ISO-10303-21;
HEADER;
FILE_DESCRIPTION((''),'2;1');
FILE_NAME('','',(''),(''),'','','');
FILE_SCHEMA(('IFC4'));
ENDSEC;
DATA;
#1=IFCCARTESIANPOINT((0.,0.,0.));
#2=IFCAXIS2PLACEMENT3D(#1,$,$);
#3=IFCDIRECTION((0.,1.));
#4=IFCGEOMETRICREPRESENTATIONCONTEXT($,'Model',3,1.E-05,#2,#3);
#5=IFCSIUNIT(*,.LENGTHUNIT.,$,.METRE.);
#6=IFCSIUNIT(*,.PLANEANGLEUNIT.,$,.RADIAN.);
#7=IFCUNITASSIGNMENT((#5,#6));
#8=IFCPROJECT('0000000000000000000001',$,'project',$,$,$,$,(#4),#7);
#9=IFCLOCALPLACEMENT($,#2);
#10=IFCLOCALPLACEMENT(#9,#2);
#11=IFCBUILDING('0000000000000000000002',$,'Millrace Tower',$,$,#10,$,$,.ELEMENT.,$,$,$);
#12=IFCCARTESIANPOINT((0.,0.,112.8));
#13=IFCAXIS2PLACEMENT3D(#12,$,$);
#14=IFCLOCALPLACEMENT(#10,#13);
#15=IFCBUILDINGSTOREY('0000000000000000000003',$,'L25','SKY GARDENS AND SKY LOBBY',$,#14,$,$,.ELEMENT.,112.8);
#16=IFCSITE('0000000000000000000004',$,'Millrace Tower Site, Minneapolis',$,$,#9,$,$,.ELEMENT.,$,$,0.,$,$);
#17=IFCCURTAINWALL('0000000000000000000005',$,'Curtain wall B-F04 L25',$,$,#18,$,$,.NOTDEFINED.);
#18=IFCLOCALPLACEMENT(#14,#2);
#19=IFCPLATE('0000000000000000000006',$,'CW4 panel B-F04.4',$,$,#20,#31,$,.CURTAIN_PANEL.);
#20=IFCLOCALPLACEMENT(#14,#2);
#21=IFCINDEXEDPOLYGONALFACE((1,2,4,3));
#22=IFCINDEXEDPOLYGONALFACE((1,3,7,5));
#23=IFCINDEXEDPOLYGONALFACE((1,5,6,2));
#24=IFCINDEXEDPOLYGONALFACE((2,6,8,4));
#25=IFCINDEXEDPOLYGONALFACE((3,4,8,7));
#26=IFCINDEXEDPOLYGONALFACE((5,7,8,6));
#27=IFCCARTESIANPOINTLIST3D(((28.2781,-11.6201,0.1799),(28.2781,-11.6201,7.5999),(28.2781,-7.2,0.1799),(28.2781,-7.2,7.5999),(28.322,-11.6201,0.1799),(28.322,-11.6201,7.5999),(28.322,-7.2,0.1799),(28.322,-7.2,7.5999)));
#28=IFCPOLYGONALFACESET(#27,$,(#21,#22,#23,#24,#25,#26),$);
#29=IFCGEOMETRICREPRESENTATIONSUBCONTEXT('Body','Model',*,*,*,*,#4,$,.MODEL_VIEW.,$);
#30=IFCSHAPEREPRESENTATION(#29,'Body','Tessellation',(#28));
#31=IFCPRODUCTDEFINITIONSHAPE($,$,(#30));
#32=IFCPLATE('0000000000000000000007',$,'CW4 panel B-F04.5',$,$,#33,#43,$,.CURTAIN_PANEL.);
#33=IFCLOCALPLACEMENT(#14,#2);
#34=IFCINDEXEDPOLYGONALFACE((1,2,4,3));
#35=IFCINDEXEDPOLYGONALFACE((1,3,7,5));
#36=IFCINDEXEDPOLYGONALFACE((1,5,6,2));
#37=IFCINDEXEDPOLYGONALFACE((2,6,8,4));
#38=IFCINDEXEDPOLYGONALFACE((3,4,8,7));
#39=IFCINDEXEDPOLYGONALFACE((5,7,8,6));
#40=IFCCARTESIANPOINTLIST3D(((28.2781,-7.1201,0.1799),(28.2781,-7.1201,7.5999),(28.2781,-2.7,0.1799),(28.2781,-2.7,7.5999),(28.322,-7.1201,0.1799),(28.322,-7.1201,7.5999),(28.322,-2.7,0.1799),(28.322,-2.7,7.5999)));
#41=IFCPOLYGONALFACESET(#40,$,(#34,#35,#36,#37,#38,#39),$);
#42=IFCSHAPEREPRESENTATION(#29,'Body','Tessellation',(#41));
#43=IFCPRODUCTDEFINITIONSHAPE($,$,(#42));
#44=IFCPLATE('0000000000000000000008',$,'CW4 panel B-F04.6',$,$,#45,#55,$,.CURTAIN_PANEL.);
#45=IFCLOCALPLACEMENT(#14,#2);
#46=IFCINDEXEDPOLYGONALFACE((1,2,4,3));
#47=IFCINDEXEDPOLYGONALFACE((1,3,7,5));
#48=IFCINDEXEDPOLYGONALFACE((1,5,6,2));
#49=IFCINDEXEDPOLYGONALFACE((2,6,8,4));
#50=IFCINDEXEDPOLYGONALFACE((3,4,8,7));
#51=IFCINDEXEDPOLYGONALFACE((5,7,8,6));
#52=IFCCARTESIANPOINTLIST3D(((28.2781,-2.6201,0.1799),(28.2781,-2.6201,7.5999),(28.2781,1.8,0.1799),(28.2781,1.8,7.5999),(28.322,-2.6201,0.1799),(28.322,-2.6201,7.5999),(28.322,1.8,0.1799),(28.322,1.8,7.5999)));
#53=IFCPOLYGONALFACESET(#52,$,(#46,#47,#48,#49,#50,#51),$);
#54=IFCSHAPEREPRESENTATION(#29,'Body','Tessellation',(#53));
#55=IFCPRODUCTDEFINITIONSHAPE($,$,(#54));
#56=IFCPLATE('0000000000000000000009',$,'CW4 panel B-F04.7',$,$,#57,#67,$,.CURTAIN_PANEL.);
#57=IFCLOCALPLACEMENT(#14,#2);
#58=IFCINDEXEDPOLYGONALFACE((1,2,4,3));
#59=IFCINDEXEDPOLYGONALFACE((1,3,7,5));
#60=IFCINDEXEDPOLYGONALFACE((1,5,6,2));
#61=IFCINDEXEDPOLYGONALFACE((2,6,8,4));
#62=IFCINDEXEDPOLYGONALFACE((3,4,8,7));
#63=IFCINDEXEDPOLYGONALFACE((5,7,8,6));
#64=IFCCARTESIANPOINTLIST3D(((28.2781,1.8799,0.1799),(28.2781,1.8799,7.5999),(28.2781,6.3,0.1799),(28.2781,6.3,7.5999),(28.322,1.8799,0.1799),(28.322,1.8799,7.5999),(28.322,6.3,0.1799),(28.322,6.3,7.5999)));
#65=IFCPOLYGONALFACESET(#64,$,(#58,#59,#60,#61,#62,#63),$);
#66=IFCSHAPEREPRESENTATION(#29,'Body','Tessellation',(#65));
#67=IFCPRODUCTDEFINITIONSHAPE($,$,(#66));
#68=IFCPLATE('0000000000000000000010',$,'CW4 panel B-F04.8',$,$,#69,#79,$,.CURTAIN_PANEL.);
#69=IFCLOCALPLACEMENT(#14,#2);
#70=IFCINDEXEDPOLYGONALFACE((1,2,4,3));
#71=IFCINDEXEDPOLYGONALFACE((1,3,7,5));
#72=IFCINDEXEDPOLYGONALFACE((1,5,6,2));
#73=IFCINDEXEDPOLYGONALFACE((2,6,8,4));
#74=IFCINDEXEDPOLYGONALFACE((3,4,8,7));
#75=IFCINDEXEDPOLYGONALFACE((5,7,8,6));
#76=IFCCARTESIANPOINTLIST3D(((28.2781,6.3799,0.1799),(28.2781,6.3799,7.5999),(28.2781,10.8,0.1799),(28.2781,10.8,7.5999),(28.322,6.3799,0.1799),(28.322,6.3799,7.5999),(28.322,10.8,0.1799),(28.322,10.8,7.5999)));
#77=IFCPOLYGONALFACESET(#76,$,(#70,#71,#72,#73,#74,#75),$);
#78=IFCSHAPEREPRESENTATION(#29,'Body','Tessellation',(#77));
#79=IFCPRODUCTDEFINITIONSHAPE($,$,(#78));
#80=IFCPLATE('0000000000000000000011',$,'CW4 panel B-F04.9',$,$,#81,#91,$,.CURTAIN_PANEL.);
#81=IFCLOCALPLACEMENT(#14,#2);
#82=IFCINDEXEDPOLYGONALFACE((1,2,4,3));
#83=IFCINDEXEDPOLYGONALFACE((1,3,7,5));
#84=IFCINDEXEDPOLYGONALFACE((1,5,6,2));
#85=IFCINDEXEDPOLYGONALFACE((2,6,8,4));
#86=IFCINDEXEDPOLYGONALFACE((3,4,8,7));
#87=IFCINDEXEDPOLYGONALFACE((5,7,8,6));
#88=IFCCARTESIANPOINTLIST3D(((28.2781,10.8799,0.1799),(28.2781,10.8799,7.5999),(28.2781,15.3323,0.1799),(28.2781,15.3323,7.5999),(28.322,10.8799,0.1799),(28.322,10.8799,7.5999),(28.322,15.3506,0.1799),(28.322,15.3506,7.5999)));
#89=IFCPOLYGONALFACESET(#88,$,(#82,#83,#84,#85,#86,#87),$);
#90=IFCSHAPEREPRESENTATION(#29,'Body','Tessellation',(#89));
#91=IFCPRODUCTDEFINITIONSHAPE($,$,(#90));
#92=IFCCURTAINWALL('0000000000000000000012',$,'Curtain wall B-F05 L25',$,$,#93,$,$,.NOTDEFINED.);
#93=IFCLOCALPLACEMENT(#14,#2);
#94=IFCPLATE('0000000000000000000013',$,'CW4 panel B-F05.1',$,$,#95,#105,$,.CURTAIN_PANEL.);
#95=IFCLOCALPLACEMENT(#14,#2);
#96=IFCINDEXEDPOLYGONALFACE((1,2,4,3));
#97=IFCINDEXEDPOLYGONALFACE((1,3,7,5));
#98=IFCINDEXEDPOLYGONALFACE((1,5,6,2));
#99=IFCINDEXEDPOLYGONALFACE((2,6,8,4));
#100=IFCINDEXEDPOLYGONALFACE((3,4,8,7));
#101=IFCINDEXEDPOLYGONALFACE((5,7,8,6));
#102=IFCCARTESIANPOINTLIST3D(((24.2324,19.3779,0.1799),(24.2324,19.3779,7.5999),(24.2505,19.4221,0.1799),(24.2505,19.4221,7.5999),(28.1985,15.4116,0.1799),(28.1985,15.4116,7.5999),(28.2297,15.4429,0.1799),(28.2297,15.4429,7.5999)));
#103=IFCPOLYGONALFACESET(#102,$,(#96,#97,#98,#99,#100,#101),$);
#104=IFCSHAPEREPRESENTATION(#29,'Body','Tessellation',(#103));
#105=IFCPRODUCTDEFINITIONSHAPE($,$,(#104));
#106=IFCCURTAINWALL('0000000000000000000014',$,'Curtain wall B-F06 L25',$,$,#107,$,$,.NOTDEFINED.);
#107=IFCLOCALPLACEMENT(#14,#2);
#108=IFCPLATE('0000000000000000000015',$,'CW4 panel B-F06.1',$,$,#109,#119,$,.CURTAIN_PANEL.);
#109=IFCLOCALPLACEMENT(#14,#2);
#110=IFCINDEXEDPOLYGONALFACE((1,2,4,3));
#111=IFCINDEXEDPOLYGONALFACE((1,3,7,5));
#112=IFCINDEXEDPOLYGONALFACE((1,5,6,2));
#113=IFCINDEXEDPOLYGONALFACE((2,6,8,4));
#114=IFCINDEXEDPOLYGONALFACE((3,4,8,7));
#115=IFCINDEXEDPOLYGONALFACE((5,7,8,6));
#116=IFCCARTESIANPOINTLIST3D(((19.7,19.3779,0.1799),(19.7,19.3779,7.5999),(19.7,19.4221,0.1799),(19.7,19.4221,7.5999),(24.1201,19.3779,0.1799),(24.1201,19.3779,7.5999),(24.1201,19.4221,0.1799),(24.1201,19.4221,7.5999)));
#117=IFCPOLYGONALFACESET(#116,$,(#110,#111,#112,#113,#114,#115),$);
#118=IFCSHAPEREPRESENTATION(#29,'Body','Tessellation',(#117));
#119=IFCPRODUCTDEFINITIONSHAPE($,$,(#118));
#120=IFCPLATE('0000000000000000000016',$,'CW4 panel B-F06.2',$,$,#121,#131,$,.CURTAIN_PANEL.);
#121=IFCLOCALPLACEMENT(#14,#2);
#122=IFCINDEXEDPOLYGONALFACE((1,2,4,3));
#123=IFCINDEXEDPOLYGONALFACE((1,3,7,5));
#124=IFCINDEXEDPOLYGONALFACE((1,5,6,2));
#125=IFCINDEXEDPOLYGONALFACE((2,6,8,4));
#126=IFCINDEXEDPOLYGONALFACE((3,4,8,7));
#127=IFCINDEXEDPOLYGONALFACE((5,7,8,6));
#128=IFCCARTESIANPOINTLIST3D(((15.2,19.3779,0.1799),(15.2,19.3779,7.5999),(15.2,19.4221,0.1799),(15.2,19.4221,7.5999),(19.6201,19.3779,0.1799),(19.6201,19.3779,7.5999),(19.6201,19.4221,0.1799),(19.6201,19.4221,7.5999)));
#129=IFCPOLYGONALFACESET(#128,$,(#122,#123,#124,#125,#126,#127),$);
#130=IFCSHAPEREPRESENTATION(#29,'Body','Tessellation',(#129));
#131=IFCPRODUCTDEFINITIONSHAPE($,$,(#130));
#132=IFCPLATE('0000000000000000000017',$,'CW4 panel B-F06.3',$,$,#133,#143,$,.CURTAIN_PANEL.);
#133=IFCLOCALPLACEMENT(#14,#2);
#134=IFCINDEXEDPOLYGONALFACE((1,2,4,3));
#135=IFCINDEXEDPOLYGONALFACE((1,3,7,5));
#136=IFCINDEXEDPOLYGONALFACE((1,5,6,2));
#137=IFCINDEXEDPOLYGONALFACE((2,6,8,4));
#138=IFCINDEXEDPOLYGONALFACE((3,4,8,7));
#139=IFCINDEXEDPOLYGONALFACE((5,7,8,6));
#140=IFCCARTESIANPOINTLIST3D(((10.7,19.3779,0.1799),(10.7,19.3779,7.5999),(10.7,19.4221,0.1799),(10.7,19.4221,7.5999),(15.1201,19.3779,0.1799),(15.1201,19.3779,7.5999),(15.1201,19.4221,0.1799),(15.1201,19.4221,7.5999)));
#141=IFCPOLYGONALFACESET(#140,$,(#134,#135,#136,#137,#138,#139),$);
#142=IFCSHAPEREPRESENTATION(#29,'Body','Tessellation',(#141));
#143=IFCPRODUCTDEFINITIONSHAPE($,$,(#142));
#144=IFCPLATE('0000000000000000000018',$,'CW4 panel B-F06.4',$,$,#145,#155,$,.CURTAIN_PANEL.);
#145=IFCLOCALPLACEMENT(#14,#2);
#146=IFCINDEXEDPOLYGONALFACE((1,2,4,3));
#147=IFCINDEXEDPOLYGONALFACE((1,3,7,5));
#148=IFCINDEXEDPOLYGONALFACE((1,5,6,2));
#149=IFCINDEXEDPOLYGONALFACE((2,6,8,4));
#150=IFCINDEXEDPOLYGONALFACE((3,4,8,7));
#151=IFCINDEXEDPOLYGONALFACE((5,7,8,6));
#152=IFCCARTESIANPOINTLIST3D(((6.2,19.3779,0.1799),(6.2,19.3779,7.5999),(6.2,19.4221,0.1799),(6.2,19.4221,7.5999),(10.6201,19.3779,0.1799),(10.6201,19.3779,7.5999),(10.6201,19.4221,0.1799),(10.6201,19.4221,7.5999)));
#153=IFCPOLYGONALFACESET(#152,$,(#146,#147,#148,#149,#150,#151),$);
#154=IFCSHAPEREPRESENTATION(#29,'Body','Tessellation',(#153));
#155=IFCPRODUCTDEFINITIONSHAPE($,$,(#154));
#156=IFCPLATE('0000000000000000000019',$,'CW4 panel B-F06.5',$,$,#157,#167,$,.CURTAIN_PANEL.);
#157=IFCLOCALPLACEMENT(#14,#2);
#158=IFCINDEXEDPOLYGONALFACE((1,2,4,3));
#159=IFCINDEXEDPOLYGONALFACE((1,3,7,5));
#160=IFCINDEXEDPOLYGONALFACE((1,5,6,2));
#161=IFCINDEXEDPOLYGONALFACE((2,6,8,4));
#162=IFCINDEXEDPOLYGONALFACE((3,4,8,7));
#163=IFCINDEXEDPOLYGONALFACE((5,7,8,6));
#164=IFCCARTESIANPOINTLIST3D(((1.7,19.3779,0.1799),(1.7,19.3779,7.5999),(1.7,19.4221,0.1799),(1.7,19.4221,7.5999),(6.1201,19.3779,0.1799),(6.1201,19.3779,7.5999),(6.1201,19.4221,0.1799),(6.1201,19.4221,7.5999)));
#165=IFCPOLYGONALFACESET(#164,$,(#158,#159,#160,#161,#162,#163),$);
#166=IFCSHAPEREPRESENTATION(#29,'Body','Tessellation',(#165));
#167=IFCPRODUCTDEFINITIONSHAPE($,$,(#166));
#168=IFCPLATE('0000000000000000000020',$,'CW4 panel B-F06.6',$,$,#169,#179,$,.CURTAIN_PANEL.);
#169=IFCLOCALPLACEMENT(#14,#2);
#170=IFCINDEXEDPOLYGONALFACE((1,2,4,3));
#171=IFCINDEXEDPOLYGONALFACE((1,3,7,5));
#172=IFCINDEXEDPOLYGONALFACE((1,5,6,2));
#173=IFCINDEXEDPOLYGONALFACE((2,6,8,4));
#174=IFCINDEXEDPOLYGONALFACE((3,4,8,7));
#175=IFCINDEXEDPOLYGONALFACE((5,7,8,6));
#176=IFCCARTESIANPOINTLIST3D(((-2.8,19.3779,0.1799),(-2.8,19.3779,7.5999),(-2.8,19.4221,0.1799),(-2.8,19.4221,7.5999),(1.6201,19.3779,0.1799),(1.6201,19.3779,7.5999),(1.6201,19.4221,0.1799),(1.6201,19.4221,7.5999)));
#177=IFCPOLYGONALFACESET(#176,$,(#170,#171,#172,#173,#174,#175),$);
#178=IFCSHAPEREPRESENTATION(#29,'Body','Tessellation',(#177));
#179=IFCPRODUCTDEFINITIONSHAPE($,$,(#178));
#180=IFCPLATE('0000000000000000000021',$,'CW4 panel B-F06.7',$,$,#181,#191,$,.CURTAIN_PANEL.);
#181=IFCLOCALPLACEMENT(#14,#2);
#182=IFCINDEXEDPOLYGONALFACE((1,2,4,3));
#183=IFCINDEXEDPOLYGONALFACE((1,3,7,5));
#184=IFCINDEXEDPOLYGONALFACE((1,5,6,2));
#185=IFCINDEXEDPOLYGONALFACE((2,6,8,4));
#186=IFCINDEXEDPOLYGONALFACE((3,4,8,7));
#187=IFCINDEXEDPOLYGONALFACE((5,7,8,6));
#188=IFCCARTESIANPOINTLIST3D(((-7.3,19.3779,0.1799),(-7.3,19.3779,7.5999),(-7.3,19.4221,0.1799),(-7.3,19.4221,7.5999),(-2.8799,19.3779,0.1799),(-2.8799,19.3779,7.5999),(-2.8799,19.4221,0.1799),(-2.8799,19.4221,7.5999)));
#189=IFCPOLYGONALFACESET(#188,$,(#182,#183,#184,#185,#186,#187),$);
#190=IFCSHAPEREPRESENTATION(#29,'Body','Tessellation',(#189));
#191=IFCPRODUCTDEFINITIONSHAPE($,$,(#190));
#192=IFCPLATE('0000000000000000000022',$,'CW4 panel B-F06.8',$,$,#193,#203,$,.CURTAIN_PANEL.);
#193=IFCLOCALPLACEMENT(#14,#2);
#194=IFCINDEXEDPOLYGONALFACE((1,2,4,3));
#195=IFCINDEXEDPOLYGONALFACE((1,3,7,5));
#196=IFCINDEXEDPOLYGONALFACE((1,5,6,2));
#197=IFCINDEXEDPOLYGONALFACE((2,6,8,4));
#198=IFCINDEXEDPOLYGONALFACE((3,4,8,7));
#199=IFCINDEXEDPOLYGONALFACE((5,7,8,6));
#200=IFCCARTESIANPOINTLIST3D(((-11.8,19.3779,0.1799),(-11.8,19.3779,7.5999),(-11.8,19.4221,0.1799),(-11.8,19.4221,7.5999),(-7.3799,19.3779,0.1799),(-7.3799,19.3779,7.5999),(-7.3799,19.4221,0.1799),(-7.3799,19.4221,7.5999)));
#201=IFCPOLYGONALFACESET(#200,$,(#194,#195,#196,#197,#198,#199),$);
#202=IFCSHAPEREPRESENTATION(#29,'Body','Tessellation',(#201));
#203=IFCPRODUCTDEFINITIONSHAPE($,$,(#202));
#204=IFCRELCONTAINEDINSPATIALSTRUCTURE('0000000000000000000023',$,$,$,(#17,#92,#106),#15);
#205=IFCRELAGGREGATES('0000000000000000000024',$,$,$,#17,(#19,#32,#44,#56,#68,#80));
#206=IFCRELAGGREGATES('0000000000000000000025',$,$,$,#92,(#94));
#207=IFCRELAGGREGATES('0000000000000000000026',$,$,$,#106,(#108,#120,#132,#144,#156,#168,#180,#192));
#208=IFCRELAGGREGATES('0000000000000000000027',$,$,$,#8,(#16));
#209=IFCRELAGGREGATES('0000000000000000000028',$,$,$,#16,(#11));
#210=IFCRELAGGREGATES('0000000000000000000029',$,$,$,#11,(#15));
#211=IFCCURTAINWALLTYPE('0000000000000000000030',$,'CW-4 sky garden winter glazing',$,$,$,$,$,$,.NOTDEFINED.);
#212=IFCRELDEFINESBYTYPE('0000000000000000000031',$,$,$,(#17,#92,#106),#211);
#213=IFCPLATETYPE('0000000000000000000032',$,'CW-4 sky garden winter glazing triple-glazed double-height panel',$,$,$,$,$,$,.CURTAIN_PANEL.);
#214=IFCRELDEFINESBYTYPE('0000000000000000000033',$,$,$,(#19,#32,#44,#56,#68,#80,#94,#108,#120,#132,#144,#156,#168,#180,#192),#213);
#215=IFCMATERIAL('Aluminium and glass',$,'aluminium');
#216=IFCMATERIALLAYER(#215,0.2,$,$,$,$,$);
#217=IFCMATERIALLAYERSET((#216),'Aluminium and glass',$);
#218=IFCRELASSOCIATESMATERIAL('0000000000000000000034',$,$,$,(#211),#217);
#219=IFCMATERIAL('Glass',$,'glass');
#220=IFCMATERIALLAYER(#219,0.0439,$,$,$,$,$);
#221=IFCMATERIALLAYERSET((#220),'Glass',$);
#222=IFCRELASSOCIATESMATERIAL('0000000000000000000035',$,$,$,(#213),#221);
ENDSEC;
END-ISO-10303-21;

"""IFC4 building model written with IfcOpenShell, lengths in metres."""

from ifc_helpers import new_model, si_unit, direction, frame, origin, place, context, subcontext, project, spatial, polyline, outline, extrude, material, layer, layer_set, type_object, element, aggregate, save


model = new_model("IFC4")

# Units and contexts
model_context = context("Model", 3, precision=1e-05, world=origin(), true_north=direction((0.0, 1.0)))
body_context = subcontext(model_context, "Body", "Model", "MODEL_VIEW")
ifc_project = project(units=[si_unit("LENGTHUNIT", "METRE"), si_unit("PLANEANGLEUNIT", "RADIAN")], contexts=[model_context])

# Site, building, storey
site_placement = place(None, origin())
site = spatial("IfcSite", under=ifc_project, at=site_placement, Name="Millrace Tower Site, Minneapolis", CompositionType="ELEMENT", RefElevation=0.0)
building_placement = place(site_placement, origin())
building = spatial("IfcBuilding", under=site, at=building_placement, Name="Millrace Tower", CompositionType="ELEMENT")
storey_placement = place(building_placement, frame((0.0, 0.0, 112.8)))
storey = spatial("IfcBuildingStorey", under=building, at=storey_placement, Name="L25", Description="SKY GARDENS AND SKY LOBBY", CompositionType="ELEMENT", Elevation=112.8)

# Curtain wall, plates
ifc_material_1 = material(Name="Aluminium and glass", Category="aluminium")
ifc_layer_1 = layer(ifc_material_1, 0.2)
ifc_layer_set_1 = layer_set([ifc_layer_1], Name="Aluminium and glass")
curtain_wall_type = type_object("IfcCurtainWallType", Name="CW-4 sky garden winter glazing", PredefinedType="NOTDEFINED", material=ifc_layer_set_1)
placement_1 = place(storey_placement, origin())
curtain_wall_1 = element("IfcCurtainWall", 1, at=placement_1, inside=storey, type_object=curtain_wall_type, Name="Curtain wall B-F04 L25", PredefinedType="NOTDEFINED")
ifc_material_2 = material(Name="Glass", Category="glass")
ifc_layer_2 = layer(ifc_material_2, 0.0439)
ifc_layer_set_2 = layer_set([ifc_layer_2], Name="Glass")
plate_type = type_object("IfcPlateType", Name="CW-4 sky garden winter glazing triple-glazed double-height panel", PredefinedType="CURTAIN_PANEL", material=ifc_layer_set_2)
placement_2 = place(storey_placement, frame((0.0, 0.0, 0.1799)))
plate_1 = element("IfcPlate", 2, at=placement_2, type_object=plate_type, Name="CW4 panel B-F04.4", PredefinedType="CURTAIN_PANEL", context=body_context, shape_type="SweptSolid", body=[
    extrude(outline(polyline([(28.322, -11.6201), (28.322, -7.2), (28.2781, -7.2), (28.2781, -11.6201), (28.322, -11.6201)])), origin(), (0.0, 0.0, 1.0), 7.4199),
])
plate_2 = element("IfcPlate", 3, at=placement_2, type_object=plate_type, Name="CW4 panel B-F04.5", PredefinedType="CURTAIN_PANEL", context=body_context, shape_type="SweptSolid", body=[
    extrude(outline(polyline([(28.322, -7.1201), (28.322, -2.7), (28.2781, -2.7), (28.2781, -7.1201), (28.322, -7.1201)])), origin(), (0.0, 0.0, 1.0), 7.4199),
])
plate_3 = element("IfcPlate", 4, at=placement_2, type_object=plate_type, Name="CW4 panel B-F04.6", PredefinedType="CURTAIN_PANEL", context=body_context, shape_type="SweptSolid", body=[
    extrude(outline(polyline([(28.322, -2.6201), (28.322, 1.8), (28.2781, 1.8), (28.2781, -2.6201), (28.322, -2.6201)])), origin(), (0.0, 0.0, 1.0), 7.4199),
])
plate_4 = element("IfcPlate", 5, at=placement_2, type_object=plate_type, Name="CW4 panel B-F04.7", PredefinedType="CURTAIN_PANEL", context=body_context, shape_type="SweptSolid", body=[
    extrude(outline(polyline([(28.322, 1.8799), (28.322, 6.3), (28.2781, 6.3), (28.2781, 1.8799), (28.322, 1.8799)])), origin(), (0.0, 0.0, 1.0), 7.4199),
])
plate_5 = element("IfcPlate", 6, at=placement_2, type_object=plate_type, Name="CW4 panel B-F04.8", PredefinedType="CURTAIN_PANEL", context=body_context, shape_type="SweptSolid", body=[
    extrude(outline(polyline([(28.322, 6.3799), (28.322, 10.8), (28.2781, 10.8), (28.2781, 6.3799), (28.322, 6.3799)])), origin(), (0.0, 0.0, 1.0), 7.4199),
])
plate_6 = element("IfcPlate", 7, at=placement_2, type_object=plate_type, Name="CW4 panel B-F04.9", PredefinedType="CURTAIN_PANEL", context=body_context, shape_type="SweptSolid", body=[
    extrude(outline(polyline([(28.322, 10.8799), (28.322, 15.3506), (28.2781, 15.3323), (28.2781, 10.8799), (28.322, 10.8799)])), origin(), (0.0, 0.0, 1.0), 7.4199),
])
aggregate(curtain_wall_1, [plate_1, plate_2, plate_3, plate_4, plate_5, plate_6])

# Curtain wall, plate
curtain_wall_2 = element("IfcCurtainWall", 8, at=placement_1, inside=storey, type_object=curtain_wall_type, Name="Curtain wall B-F05 L25", PredefinedType="NOTDEFINED")
plate_7 = element("IfcPlate", 9, at=placement_2, type_object=plate_type, Name="CW4 panel B-F05.1", PredefinedType="CURTAIN_PANEL", context=body_context, shape_type="SweptSolid", body=[
    extrude(outline(polyline([(28.2297, 15.4429), (24.2505, 19.4221), (24.2324, 19.3779), (28.1985, 15.4116), (28.2297, 15.4429)])), origin(), (0.0, 0.0, 1.0), 7.4199),
])
aggregate(curtain_wall_2, [plate_7])

# Curtain wall, plates
curtain_wall_3 = element("IfcCurtainWall", 10, at=placement_1, inside=storey, type_object=curtain_wall_type, Name="Curtain wall B-F06 L25", PredefinedType="NOTDEFINED")
plate_8 = element("IfcPlate", 11, at=placement_2, type_object=plate_type, Name="CW4 panel B-F06.1", PredefinedType="CURTAIN_PANEL", context=body_context, shape_type="SweptSolid", body=[
    extrude(outline(polyline([(24.1201, 19.4221), (19.7, 19.4221), (19.7, 19.3779), (24.1201, 19.3779), (24.1201, 19.4221)])), origin(), (0.0, 0.0, 1.0), 7.4199),
])
plate_9 = element("IfcPlate", 12, at=placement_2, type_object=plate_type, Name="CW4 panel B-F06.2", PredefinedType="CURTAIN_PANEL", context=body_context, shape_type="SweptSolid", body=[
    extrude(outline(polyline([(19.6201, 19.4221), (15.2, 19.4221), (15.2, 19.3779), (19.6201, 19.3779), (19.6201, 19.4221)])), origin(), (0.0, 0.0, 1.0), 7.4199),
])
plate_10 = element("IfcPlate", 13, at=placement_2, type_object=plate_type, Name="CW4 panel B-F06.3", PredefinedType="CURTAIN_PANEL", context=body_context, shape_type="SweptSolid", body=[
    extrude(outline(polyline([(15.1201, 19.4221), (10.7, 19.4221), (10.7, 19.3779), (15.1201, 19.3779), (15.1201, 19.4221)])), origin(), (0.0, 0.0, 1.0), 7.4199),
])
plate_11 = element("IfcPlate", 14, at=placement_2, type_object=plate_type, Name="CW4 panel B-F06.4", PredefinedType="CURTAIN_PANEL", context=body_context, shape_type="SweptSolid", body=[
    extrude(outline(polyline([(10.6201, 19.4221), (6.2, 19.4221), (6.2, 19.3779), (10.6201, 19.3779), (10.6201, 19.4221)])), origin(), (0.0, 0.0, 1.0), 7.4199),
])
plate_12 = element("IfcPlate", 15, at=placement_2, type_object=plate_type, Name="CW4 panel B-F06.5", PredefinedType="CURTAIN_PANEL", context=body_context, shape_type="SweptSolid", body=[
    extrude(outline(polyline([(6.1201, 19.4221), (1.7, 19.4221), (1.7, 19.3779), (6.1201, 19.3779), (6.1201, 19.4221)])), origin(), (0.0, 0.0, 1.0), 7.4199),
])
plate_13 = element("IfcPlate", 16, at=placement_2, type_object=plate_type, Name="CW4 panel B-F06.6", PredefinedType="CURTAIN_PANEL", context=body_context, shape_type="SweptSolid", body=[
    extrude(outline(polyline([(1.6201, 19.4221), (-2.8, 19.4221), (-2.8, 19.3779), (1.6201, 19.3779), (1.6201, 19.4221)])), origin(), (0.0, 0.0, 1.0), 7.4199),
])
plate_14 = element("IfcPlate", 17, at=placement_2, type_object=plate_type, Name="CW4 panel B-F06.7", PredefinedType="CURTAIN_PANEL", context=body_context, shape_type="SweptSolid", body=[
    extrude(outline(polyline([(-2.8799, 19.4221), (-7.3, 19.4221), (-7.3, 19.3779), (-2.8799, 19.3779), (-2.8799, 19.4221)])), origin(), (0.0, 0.0, 1.0), 7.4199),
])
plate_15 = element("IfcPlate", 18, at=placement_2, type_object=plate_type, Name="CW4 panel B-F06.8", PredefinedType="CURTAIN_PANEL", context=body_context, shape_type="SweptSolid", body=[
    extrude(outline(polyline([(-7.3799, 19.4221), (-11.8, 19.4221), (-11.8, 19.3779), (-7.3799, 19.3779), (-7.3799, 19.4221)])), origin(), (0.0, 0.0, 1.0), 7.4199),
])
aggregate(curtain_wall_3, [plate_8, plate_9, plate_10, plate_11, plate_12, plate_13, plate_14, plate_15])

save(model, "model.ifc")
